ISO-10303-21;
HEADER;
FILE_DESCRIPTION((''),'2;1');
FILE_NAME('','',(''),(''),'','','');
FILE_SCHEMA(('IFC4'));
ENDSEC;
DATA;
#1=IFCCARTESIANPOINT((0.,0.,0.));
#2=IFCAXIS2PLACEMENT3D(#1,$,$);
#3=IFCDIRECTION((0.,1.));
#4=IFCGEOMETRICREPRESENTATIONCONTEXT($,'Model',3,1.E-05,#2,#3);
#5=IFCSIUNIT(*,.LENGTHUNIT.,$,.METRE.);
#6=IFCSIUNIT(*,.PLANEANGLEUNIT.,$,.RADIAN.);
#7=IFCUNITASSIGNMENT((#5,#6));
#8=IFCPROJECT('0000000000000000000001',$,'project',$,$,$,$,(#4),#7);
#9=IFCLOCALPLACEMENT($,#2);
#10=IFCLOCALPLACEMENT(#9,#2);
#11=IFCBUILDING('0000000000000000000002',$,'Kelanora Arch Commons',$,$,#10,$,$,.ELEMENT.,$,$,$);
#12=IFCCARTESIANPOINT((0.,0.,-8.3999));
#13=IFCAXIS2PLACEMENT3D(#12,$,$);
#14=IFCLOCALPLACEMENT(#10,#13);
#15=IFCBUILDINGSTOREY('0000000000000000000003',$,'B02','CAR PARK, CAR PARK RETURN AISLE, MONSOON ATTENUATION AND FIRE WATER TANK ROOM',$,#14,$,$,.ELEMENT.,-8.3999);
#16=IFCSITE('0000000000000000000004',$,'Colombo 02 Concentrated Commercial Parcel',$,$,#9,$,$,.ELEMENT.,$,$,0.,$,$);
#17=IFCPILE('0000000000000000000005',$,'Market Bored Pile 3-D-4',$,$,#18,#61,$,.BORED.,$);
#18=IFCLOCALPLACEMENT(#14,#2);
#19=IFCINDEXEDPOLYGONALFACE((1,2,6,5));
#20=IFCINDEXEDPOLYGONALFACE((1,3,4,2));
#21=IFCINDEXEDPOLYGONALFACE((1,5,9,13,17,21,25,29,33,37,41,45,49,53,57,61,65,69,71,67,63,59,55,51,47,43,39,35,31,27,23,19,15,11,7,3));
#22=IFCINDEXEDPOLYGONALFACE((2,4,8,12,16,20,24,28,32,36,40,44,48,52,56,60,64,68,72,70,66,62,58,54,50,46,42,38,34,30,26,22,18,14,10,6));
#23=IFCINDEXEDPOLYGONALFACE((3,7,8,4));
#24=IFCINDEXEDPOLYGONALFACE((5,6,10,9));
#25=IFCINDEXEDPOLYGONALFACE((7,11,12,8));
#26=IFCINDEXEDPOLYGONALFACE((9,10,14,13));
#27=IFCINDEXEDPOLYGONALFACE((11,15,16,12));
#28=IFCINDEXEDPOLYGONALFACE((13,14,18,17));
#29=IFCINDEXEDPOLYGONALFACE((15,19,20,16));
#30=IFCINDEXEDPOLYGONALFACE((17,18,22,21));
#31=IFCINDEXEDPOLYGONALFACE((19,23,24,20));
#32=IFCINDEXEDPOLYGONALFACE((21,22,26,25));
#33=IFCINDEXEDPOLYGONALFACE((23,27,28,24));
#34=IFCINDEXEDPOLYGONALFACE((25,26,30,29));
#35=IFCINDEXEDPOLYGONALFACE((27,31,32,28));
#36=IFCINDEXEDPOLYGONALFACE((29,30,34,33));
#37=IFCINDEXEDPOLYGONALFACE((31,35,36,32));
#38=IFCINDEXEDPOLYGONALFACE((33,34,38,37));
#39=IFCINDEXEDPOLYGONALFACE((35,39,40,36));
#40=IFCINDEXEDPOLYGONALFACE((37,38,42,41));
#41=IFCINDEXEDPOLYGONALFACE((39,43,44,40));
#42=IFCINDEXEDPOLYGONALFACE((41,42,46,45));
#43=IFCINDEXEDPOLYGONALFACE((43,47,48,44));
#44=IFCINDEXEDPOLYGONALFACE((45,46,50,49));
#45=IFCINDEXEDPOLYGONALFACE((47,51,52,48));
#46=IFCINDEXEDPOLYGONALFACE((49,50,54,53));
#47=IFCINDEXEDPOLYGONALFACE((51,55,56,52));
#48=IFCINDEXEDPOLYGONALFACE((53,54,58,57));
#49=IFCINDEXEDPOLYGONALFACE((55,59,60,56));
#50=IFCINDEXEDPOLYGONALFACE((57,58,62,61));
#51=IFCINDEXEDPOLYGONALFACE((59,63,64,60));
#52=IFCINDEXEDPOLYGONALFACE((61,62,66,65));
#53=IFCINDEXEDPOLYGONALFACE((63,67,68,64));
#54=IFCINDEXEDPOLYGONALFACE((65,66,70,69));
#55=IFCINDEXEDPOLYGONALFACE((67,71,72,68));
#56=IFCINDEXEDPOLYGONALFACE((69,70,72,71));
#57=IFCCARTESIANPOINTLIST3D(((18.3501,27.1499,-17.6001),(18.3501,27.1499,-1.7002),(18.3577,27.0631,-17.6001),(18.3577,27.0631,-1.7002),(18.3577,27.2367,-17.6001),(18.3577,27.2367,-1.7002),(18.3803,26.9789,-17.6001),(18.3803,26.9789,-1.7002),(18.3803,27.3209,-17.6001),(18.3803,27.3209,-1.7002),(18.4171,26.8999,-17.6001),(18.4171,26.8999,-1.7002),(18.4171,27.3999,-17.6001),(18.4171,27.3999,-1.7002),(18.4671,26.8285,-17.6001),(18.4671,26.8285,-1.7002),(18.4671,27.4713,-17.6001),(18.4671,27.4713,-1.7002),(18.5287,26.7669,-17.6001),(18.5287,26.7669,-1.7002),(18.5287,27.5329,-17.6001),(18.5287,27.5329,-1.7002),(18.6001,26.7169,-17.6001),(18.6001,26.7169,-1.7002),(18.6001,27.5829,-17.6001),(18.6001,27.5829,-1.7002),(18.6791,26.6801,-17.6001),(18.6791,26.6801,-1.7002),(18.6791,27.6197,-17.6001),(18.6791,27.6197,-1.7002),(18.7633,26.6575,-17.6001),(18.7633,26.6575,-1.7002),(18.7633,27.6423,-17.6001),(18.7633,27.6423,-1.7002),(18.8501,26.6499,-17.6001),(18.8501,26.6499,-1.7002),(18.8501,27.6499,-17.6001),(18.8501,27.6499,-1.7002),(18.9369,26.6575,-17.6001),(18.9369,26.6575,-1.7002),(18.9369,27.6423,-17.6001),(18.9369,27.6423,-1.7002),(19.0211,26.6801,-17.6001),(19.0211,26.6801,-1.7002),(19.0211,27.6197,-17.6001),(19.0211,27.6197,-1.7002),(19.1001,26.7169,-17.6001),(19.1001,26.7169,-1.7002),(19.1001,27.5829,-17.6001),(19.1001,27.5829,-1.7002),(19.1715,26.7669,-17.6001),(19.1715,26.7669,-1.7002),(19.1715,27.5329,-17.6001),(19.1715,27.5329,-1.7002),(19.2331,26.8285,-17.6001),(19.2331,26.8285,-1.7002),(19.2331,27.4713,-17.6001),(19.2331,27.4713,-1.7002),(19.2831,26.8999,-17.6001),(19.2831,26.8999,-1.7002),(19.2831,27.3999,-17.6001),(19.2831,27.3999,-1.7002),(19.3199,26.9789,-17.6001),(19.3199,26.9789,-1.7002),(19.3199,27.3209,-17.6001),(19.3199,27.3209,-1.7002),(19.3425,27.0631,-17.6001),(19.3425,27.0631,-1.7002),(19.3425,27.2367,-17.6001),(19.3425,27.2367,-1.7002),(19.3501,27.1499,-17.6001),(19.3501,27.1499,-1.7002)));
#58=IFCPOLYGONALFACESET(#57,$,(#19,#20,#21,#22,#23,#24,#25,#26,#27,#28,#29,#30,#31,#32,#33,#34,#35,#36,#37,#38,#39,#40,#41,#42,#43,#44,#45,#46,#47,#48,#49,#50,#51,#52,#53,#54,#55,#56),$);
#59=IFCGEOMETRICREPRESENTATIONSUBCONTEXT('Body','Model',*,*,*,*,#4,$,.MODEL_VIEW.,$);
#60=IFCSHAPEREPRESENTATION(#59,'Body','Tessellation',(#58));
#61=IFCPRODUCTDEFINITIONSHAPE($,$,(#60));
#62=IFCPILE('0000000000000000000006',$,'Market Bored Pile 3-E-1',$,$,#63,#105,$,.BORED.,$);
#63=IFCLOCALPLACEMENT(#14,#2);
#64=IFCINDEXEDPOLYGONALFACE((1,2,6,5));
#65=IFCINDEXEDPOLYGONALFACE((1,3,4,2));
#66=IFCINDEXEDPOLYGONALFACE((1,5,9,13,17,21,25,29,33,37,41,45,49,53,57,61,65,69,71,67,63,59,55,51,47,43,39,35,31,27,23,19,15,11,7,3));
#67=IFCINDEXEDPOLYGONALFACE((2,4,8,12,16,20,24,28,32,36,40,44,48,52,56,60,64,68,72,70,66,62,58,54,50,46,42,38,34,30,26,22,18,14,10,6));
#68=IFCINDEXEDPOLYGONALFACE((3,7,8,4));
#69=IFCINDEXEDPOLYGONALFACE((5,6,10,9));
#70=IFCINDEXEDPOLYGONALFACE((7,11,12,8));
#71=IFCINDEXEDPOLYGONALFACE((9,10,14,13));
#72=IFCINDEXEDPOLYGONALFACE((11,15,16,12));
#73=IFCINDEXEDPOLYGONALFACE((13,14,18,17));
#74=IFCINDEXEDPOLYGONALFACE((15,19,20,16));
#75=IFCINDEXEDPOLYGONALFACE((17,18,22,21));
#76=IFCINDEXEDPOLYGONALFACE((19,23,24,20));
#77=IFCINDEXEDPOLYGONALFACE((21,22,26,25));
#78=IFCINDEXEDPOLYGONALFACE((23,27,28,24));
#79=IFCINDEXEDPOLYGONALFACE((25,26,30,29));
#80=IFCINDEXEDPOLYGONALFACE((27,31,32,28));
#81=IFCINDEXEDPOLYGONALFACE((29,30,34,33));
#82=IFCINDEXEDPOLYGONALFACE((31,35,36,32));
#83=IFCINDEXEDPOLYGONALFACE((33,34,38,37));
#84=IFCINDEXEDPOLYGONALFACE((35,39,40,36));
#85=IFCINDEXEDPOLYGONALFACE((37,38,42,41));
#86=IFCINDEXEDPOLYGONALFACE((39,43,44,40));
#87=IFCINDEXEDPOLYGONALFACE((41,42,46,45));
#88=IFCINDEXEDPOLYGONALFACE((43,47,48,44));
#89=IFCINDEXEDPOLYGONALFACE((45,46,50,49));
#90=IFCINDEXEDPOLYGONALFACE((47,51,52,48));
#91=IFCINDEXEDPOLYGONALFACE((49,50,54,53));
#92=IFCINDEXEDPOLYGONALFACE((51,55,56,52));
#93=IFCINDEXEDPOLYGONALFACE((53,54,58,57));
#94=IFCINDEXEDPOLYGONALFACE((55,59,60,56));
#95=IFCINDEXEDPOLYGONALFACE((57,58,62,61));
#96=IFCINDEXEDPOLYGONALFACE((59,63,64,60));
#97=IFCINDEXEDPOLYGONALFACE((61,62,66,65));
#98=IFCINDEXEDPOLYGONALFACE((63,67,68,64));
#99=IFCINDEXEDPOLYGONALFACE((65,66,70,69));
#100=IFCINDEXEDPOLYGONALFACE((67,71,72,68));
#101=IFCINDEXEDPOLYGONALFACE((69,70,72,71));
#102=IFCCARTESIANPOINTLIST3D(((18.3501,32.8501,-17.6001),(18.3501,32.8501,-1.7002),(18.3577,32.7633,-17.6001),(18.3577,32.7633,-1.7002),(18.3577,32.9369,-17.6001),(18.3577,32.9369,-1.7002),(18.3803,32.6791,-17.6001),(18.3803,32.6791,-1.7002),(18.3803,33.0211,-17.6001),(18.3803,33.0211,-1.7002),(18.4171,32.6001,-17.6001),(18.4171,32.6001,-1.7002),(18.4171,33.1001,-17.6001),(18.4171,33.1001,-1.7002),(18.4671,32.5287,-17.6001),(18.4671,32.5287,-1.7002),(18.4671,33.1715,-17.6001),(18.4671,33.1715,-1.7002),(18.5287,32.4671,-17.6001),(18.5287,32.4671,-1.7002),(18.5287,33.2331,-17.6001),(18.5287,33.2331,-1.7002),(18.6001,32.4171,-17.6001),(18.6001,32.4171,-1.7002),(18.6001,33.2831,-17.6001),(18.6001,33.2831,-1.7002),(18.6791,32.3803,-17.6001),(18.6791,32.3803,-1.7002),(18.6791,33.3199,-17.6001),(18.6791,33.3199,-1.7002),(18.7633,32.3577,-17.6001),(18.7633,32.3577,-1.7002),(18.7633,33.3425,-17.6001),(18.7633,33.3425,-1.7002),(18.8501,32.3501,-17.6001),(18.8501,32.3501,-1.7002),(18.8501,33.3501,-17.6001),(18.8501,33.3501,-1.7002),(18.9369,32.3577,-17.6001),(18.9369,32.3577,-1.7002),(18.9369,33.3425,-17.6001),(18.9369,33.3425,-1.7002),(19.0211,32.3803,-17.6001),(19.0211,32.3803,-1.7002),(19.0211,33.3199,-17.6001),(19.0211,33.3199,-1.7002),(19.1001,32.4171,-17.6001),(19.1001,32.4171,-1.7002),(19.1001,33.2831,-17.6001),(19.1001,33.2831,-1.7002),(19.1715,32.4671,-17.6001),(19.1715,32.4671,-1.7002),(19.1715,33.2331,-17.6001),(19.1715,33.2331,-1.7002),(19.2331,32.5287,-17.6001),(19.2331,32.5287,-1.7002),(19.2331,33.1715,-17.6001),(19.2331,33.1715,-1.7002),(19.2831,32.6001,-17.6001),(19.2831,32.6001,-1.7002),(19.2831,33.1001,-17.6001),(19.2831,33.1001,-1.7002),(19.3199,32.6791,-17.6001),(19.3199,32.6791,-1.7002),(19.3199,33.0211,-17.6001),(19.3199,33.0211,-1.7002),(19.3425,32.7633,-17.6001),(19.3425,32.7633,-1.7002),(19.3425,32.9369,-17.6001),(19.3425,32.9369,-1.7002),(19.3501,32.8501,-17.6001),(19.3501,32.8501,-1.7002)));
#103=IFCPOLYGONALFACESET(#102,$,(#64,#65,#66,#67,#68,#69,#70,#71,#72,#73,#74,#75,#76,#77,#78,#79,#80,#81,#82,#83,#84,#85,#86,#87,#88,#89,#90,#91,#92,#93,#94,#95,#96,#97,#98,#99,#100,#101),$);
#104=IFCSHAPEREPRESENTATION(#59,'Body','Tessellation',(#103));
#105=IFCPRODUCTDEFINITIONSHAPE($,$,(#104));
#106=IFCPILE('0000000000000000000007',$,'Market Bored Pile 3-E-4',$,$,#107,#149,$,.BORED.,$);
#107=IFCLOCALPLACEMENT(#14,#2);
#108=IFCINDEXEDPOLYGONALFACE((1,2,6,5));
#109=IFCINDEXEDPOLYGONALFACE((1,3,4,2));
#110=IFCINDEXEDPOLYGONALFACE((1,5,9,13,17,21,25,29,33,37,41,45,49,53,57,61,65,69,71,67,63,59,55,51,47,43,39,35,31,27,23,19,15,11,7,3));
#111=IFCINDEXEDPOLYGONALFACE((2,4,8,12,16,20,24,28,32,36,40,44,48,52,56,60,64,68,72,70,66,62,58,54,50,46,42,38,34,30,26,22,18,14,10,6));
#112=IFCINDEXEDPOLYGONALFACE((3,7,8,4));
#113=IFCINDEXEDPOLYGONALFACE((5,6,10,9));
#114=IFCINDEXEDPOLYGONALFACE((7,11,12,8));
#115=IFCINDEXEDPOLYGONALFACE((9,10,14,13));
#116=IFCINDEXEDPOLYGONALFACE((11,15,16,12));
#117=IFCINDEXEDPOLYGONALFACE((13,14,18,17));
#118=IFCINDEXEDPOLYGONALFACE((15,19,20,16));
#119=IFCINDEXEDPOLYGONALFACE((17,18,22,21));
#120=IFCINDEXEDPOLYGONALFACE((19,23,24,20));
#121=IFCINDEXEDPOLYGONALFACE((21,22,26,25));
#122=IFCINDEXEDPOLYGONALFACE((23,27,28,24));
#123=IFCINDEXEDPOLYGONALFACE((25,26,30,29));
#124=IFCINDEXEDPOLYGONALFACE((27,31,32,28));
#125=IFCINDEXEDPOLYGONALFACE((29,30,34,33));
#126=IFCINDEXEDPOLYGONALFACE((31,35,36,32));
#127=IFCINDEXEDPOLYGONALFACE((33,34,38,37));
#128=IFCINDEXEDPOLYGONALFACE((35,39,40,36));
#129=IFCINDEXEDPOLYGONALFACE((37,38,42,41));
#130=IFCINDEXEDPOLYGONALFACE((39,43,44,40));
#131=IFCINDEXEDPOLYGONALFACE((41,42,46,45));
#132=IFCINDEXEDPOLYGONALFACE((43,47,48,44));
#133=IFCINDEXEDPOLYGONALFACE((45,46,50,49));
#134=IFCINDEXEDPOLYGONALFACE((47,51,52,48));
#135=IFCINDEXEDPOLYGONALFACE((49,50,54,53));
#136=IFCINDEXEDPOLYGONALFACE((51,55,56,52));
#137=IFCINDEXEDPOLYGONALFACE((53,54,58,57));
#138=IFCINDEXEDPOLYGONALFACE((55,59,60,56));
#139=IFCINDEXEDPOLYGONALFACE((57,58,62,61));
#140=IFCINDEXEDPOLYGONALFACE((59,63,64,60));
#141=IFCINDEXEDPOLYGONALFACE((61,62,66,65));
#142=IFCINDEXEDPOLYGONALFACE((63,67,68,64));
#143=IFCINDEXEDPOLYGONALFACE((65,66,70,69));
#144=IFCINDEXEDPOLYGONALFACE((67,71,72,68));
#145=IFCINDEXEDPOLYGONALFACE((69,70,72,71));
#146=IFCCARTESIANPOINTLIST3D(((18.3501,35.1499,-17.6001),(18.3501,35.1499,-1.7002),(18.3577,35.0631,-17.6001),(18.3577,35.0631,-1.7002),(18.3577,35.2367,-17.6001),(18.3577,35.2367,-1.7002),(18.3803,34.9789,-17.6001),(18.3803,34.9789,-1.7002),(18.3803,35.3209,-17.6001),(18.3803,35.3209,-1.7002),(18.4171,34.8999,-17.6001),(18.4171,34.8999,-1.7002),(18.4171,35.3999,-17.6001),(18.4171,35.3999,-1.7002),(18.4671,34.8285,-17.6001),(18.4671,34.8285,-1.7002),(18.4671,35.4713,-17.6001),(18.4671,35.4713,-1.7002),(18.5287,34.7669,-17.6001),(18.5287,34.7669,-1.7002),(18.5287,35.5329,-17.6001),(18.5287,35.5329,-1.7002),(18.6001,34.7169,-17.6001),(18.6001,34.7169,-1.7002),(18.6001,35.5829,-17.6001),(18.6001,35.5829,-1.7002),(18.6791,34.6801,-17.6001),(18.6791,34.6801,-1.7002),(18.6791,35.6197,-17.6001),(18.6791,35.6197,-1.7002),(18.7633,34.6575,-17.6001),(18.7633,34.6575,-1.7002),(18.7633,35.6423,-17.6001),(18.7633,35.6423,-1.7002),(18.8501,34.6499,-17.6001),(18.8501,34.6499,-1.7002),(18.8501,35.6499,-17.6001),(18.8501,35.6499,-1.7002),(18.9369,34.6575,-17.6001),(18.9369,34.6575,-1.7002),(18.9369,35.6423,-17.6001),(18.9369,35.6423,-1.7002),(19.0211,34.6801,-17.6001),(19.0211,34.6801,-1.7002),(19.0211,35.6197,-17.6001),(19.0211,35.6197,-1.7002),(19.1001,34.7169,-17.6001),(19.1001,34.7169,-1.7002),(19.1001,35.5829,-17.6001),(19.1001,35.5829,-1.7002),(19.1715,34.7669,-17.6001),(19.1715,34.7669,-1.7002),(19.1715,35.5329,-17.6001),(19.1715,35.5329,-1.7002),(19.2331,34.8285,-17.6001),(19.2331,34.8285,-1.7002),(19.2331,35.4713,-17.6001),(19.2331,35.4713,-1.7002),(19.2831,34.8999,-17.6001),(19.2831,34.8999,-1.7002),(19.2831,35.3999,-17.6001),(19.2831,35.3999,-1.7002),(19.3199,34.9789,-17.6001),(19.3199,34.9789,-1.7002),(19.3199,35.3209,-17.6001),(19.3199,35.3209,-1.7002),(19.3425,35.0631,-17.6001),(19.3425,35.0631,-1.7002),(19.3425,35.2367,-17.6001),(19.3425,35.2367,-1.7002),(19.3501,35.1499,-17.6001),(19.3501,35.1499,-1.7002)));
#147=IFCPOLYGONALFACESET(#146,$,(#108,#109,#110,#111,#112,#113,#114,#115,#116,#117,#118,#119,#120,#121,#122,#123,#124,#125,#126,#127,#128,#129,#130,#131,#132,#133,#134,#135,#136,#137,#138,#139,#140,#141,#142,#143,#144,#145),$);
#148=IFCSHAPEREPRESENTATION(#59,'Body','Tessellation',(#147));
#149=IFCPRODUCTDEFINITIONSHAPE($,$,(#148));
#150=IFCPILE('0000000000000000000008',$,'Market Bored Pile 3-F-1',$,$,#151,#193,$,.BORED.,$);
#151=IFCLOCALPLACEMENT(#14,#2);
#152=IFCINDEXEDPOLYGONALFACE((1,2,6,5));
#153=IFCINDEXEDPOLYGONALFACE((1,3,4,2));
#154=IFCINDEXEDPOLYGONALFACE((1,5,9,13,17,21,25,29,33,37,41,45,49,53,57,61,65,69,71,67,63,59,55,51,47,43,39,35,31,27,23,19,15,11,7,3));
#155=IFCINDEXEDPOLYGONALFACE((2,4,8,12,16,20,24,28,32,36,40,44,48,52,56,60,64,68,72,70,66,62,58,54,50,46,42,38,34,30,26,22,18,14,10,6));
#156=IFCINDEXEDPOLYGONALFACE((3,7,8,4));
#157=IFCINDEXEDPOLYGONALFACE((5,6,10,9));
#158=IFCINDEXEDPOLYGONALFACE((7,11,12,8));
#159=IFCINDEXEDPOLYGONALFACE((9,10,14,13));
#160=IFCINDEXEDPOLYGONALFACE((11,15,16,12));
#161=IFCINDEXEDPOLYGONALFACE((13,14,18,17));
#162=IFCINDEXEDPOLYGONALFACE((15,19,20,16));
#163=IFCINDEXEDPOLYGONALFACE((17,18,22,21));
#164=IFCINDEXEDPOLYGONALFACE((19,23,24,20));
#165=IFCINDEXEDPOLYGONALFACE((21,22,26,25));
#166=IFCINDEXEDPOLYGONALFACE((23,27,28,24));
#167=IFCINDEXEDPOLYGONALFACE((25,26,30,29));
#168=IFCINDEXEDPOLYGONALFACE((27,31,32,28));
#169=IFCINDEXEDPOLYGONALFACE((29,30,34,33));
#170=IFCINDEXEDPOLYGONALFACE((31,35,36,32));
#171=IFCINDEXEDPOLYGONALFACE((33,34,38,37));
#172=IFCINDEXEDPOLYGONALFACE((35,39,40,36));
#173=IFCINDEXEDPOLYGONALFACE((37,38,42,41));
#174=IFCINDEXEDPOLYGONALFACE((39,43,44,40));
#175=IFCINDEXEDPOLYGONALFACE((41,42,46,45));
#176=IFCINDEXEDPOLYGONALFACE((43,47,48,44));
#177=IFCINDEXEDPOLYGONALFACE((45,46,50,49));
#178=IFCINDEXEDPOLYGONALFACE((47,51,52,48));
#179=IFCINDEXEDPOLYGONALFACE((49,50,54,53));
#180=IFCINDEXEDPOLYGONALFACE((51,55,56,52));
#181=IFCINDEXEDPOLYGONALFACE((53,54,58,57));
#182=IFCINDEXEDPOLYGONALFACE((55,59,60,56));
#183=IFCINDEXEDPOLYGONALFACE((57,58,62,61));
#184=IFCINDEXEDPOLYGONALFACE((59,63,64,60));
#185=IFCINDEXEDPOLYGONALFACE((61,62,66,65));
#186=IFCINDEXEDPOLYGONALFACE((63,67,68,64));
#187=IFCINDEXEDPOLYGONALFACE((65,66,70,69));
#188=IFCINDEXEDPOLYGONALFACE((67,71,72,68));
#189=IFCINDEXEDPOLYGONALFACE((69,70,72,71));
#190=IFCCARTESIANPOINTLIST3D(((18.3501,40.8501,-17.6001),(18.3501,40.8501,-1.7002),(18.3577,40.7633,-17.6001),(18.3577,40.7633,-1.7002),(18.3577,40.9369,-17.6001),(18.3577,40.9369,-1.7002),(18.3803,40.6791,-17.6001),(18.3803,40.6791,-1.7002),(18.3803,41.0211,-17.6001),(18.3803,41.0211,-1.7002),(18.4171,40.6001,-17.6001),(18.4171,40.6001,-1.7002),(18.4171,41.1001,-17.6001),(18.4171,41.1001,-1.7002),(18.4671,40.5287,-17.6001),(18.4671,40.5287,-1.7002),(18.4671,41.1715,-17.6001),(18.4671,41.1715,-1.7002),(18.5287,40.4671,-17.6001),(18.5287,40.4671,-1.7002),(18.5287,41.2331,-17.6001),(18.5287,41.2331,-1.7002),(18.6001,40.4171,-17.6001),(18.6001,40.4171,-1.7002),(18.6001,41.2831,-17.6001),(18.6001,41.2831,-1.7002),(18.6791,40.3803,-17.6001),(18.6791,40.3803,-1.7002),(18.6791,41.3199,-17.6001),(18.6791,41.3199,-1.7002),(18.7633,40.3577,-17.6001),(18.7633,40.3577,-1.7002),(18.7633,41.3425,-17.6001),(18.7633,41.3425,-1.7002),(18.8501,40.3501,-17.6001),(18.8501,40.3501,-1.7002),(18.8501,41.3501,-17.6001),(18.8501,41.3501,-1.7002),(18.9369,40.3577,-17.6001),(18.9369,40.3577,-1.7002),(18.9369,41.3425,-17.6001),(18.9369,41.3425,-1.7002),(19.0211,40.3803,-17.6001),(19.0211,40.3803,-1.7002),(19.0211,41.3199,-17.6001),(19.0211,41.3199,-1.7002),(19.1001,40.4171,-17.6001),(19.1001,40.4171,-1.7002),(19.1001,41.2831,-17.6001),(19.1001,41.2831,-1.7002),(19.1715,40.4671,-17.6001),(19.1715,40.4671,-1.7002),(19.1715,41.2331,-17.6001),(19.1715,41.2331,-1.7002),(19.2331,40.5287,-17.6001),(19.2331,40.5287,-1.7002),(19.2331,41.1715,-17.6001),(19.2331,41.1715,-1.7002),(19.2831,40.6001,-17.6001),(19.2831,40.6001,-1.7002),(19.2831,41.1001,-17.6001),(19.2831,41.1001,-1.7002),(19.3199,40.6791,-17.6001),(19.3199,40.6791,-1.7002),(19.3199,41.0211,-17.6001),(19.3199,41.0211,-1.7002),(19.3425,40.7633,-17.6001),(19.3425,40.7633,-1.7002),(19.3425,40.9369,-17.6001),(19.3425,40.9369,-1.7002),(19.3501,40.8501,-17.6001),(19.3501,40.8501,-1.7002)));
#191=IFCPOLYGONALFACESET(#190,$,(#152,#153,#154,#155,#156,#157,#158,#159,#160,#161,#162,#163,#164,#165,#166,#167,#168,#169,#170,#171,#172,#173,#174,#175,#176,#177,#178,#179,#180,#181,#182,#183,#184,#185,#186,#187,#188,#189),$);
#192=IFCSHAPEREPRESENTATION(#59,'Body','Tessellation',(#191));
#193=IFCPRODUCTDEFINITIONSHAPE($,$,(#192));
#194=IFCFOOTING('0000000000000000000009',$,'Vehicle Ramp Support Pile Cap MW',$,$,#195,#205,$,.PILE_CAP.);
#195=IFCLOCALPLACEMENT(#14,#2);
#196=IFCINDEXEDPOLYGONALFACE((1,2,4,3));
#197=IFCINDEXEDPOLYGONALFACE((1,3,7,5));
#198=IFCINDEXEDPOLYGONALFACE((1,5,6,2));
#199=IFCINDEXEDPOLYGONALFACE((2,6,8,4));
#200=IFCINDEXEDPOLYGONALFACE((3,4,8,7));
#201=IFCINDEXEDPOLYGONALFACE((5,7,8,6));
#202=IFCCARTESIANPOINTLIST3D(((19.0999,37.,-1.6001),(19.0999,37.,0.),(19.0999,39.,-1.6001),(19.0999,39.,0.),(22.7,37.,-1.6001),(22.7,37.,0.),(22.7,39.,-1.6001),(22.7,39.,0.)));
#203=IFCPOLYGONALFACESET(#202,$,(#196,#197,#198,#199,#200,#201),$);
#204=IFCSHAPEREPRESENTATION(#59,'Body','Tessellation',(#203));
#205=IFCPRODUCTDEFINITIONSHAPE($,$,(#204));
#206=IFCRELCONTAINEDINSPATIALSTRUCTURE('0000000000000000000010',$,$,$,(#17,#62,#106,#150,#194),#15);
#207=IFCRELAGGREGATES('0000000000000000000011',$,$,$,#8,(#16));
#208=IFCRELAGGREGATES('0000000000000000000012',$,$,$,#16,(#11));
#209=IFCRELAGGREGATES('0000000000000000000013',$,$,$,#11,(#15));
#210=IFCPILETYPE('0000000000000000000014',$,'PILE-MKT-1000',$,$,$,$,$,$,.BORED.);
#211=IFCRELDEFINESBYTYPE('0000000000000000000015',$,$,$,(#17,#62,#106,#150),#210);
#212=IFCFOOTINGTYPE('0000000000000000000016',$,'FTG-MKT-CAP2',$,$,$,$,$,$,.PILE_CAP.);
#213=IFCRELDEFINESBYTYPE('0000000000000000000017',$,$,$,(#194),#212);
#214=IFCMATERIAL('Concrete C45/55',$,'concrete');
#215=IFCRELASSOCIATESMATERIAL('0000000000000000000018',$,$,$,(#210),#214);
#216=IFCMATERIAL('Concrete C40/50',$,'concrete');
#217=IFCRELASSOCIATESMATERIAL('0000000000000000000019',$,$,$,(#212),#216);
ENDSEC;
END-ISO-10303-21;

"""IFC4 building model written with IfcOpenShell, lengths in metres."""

from ifc_helpers import new_model, si_unit, direction, frame, origin, origin_2d, place, context, subcontext, project, spatial, rectangle, circle, extrude, source, transform, mapped, material, material_profile, profile_set, type_object, element, save


model = new_model("IFC4")

# Units and contexts
model_context = context("Model", 3, precision=1e-05, world=origin(), true_north=direction((0.0, 1.0)))
body_context = subcontext(model_context, "Body", "Model", "MODEL_VIEW")
ifc_project = project(units=[si_unit("LENGTHUNIT", "METRE"), si_unit("PLANEANGLEUNIT", "RADIAN")], contexts=[model_context])

# Site, building, storey
site_placement = place(None, origin())
site = spatial("IfcSite", under=ifc_project, at=site_placement, Name="Colombo 02 Concentrated Commercial Parcel", CompositionType="ELEMENT", RefElevation=0.0)
building_placement = place(site_placement, origin())
building = spatial("IfcBuilding", under=site, at=building_placement, Name="Kelanora Arch Commons", CompositionType="ELEMENT")
storey_placement = place(building_placement, frame((0.0, 0.0, -8.3999)))
storey = spatial("IfcBuildingStorey", under=building, at=storey_placement, Name="B02", Description="CAR PARK, CAR PARK RETURN AISLE, MONSOON ATTENUATION AND FIRE WATER TANK ROOM", CompositionType="ELEMENT", Elevation=-8.3999)

# Shared definitions
ifc_material_1 = material(Name="Concrete C40/50", Category="concrete")

# Piles
ifc_material_2 = material(Name="Concrete C45/55", Category="concrete")
ifc_material_profile_1 = material_profile(ifc_material_2, circle(Radius=0.5, at=origin_2d()), Name="PILE1000")
ifc_profile_set_1 = profile_set([ifc_material_profile_1], Name="Concrete C45/55")
pile_type = type_object("IfcPileType", Name="PILE-MKT-1000", PredefinedType="BORED", material=ifc_profile_set_1)
shared_shape_1 = source(origin(), body_context, "Body", "SweptSolid", [
    extrude(circle(Radius=0.5, at=origin_2d()), origin(), (0.0, 0.0, 1.0), 15.8999),
])
for number, where, z_axis, x_axis, name in (
    (1, (18.8501, 27.1499, -1.7002), (0.0, 0.0, -1.0), (1.0, 0.0, 0.0), "Market Bored Pile 3-D-4"),
    (2, (18.8501, 32.8501, -1.7002), (0.0, 0.0, -1.0), (1.0, 0.0, 0.0), "Market Bored Pile 3-E-1"),
    (3, (18.8501, 35.1499, -1.7002), (0.0, 0.0, -1.0), (1.0, 0.0, 0.0), "Market Bored Pile 3-E-4"),
    (4, (18.8501, 40.8501, -1.7002), (0.0, 0.0, -1.0), (1.0, 0.0, 0.0), "Market Bored Pile 3-F-1"),
):
    element("IfcPile", number, at=place(storey_placement, frame(where, z_axis=z_axis, x_axis=x_axis)), inside=storey, type_object=pile_type, Name=name, PredefinedType="BORED", context=body_context, shape_type="MappedRepresentation", body=[
        mapped(shared_shape_1, transform((0.0, 0.0, 0.0), scale=1.0)),
    ])

# Footing
footing_type_1 = type_object("IfcFootingType", Name="FTG-MKT-CAP2", PredefinedType="PILE_CAP", material=ifc_material_1)
shared_shape_2 = source(origin(), body_context, "Body", "SweptSolid", [
    extrude(rectangle(XDim=3.6001, YDim=2.0, at=origin_2d()), origin(), (0.0, 0.0, 1.0), 1.6001),
])
for number, where, z_axis, x_axis, name in (
    (5, (20.8999, 38.0, -1.6001), (0.0, 0.0, 1.0), (1.0, 0.0, 0.0), "Vehicle Ramp Support Pile Cap MW"),
):
    element("IfcFooting", number, at=place(storey_placement, frame(where, z_axis=z_axis, x_axis=x_axis)), inside=storey, type_object=footing_type_1, Name=name, PredefinedType="PILE_CAP", context=body_context, shape_type="MappedRepresentation", body=[
        mapped(shared_shape_2, transform((0.0, 0.0, 0.0), scale=1.0)),
    ])

save(model, "model.ifc")
